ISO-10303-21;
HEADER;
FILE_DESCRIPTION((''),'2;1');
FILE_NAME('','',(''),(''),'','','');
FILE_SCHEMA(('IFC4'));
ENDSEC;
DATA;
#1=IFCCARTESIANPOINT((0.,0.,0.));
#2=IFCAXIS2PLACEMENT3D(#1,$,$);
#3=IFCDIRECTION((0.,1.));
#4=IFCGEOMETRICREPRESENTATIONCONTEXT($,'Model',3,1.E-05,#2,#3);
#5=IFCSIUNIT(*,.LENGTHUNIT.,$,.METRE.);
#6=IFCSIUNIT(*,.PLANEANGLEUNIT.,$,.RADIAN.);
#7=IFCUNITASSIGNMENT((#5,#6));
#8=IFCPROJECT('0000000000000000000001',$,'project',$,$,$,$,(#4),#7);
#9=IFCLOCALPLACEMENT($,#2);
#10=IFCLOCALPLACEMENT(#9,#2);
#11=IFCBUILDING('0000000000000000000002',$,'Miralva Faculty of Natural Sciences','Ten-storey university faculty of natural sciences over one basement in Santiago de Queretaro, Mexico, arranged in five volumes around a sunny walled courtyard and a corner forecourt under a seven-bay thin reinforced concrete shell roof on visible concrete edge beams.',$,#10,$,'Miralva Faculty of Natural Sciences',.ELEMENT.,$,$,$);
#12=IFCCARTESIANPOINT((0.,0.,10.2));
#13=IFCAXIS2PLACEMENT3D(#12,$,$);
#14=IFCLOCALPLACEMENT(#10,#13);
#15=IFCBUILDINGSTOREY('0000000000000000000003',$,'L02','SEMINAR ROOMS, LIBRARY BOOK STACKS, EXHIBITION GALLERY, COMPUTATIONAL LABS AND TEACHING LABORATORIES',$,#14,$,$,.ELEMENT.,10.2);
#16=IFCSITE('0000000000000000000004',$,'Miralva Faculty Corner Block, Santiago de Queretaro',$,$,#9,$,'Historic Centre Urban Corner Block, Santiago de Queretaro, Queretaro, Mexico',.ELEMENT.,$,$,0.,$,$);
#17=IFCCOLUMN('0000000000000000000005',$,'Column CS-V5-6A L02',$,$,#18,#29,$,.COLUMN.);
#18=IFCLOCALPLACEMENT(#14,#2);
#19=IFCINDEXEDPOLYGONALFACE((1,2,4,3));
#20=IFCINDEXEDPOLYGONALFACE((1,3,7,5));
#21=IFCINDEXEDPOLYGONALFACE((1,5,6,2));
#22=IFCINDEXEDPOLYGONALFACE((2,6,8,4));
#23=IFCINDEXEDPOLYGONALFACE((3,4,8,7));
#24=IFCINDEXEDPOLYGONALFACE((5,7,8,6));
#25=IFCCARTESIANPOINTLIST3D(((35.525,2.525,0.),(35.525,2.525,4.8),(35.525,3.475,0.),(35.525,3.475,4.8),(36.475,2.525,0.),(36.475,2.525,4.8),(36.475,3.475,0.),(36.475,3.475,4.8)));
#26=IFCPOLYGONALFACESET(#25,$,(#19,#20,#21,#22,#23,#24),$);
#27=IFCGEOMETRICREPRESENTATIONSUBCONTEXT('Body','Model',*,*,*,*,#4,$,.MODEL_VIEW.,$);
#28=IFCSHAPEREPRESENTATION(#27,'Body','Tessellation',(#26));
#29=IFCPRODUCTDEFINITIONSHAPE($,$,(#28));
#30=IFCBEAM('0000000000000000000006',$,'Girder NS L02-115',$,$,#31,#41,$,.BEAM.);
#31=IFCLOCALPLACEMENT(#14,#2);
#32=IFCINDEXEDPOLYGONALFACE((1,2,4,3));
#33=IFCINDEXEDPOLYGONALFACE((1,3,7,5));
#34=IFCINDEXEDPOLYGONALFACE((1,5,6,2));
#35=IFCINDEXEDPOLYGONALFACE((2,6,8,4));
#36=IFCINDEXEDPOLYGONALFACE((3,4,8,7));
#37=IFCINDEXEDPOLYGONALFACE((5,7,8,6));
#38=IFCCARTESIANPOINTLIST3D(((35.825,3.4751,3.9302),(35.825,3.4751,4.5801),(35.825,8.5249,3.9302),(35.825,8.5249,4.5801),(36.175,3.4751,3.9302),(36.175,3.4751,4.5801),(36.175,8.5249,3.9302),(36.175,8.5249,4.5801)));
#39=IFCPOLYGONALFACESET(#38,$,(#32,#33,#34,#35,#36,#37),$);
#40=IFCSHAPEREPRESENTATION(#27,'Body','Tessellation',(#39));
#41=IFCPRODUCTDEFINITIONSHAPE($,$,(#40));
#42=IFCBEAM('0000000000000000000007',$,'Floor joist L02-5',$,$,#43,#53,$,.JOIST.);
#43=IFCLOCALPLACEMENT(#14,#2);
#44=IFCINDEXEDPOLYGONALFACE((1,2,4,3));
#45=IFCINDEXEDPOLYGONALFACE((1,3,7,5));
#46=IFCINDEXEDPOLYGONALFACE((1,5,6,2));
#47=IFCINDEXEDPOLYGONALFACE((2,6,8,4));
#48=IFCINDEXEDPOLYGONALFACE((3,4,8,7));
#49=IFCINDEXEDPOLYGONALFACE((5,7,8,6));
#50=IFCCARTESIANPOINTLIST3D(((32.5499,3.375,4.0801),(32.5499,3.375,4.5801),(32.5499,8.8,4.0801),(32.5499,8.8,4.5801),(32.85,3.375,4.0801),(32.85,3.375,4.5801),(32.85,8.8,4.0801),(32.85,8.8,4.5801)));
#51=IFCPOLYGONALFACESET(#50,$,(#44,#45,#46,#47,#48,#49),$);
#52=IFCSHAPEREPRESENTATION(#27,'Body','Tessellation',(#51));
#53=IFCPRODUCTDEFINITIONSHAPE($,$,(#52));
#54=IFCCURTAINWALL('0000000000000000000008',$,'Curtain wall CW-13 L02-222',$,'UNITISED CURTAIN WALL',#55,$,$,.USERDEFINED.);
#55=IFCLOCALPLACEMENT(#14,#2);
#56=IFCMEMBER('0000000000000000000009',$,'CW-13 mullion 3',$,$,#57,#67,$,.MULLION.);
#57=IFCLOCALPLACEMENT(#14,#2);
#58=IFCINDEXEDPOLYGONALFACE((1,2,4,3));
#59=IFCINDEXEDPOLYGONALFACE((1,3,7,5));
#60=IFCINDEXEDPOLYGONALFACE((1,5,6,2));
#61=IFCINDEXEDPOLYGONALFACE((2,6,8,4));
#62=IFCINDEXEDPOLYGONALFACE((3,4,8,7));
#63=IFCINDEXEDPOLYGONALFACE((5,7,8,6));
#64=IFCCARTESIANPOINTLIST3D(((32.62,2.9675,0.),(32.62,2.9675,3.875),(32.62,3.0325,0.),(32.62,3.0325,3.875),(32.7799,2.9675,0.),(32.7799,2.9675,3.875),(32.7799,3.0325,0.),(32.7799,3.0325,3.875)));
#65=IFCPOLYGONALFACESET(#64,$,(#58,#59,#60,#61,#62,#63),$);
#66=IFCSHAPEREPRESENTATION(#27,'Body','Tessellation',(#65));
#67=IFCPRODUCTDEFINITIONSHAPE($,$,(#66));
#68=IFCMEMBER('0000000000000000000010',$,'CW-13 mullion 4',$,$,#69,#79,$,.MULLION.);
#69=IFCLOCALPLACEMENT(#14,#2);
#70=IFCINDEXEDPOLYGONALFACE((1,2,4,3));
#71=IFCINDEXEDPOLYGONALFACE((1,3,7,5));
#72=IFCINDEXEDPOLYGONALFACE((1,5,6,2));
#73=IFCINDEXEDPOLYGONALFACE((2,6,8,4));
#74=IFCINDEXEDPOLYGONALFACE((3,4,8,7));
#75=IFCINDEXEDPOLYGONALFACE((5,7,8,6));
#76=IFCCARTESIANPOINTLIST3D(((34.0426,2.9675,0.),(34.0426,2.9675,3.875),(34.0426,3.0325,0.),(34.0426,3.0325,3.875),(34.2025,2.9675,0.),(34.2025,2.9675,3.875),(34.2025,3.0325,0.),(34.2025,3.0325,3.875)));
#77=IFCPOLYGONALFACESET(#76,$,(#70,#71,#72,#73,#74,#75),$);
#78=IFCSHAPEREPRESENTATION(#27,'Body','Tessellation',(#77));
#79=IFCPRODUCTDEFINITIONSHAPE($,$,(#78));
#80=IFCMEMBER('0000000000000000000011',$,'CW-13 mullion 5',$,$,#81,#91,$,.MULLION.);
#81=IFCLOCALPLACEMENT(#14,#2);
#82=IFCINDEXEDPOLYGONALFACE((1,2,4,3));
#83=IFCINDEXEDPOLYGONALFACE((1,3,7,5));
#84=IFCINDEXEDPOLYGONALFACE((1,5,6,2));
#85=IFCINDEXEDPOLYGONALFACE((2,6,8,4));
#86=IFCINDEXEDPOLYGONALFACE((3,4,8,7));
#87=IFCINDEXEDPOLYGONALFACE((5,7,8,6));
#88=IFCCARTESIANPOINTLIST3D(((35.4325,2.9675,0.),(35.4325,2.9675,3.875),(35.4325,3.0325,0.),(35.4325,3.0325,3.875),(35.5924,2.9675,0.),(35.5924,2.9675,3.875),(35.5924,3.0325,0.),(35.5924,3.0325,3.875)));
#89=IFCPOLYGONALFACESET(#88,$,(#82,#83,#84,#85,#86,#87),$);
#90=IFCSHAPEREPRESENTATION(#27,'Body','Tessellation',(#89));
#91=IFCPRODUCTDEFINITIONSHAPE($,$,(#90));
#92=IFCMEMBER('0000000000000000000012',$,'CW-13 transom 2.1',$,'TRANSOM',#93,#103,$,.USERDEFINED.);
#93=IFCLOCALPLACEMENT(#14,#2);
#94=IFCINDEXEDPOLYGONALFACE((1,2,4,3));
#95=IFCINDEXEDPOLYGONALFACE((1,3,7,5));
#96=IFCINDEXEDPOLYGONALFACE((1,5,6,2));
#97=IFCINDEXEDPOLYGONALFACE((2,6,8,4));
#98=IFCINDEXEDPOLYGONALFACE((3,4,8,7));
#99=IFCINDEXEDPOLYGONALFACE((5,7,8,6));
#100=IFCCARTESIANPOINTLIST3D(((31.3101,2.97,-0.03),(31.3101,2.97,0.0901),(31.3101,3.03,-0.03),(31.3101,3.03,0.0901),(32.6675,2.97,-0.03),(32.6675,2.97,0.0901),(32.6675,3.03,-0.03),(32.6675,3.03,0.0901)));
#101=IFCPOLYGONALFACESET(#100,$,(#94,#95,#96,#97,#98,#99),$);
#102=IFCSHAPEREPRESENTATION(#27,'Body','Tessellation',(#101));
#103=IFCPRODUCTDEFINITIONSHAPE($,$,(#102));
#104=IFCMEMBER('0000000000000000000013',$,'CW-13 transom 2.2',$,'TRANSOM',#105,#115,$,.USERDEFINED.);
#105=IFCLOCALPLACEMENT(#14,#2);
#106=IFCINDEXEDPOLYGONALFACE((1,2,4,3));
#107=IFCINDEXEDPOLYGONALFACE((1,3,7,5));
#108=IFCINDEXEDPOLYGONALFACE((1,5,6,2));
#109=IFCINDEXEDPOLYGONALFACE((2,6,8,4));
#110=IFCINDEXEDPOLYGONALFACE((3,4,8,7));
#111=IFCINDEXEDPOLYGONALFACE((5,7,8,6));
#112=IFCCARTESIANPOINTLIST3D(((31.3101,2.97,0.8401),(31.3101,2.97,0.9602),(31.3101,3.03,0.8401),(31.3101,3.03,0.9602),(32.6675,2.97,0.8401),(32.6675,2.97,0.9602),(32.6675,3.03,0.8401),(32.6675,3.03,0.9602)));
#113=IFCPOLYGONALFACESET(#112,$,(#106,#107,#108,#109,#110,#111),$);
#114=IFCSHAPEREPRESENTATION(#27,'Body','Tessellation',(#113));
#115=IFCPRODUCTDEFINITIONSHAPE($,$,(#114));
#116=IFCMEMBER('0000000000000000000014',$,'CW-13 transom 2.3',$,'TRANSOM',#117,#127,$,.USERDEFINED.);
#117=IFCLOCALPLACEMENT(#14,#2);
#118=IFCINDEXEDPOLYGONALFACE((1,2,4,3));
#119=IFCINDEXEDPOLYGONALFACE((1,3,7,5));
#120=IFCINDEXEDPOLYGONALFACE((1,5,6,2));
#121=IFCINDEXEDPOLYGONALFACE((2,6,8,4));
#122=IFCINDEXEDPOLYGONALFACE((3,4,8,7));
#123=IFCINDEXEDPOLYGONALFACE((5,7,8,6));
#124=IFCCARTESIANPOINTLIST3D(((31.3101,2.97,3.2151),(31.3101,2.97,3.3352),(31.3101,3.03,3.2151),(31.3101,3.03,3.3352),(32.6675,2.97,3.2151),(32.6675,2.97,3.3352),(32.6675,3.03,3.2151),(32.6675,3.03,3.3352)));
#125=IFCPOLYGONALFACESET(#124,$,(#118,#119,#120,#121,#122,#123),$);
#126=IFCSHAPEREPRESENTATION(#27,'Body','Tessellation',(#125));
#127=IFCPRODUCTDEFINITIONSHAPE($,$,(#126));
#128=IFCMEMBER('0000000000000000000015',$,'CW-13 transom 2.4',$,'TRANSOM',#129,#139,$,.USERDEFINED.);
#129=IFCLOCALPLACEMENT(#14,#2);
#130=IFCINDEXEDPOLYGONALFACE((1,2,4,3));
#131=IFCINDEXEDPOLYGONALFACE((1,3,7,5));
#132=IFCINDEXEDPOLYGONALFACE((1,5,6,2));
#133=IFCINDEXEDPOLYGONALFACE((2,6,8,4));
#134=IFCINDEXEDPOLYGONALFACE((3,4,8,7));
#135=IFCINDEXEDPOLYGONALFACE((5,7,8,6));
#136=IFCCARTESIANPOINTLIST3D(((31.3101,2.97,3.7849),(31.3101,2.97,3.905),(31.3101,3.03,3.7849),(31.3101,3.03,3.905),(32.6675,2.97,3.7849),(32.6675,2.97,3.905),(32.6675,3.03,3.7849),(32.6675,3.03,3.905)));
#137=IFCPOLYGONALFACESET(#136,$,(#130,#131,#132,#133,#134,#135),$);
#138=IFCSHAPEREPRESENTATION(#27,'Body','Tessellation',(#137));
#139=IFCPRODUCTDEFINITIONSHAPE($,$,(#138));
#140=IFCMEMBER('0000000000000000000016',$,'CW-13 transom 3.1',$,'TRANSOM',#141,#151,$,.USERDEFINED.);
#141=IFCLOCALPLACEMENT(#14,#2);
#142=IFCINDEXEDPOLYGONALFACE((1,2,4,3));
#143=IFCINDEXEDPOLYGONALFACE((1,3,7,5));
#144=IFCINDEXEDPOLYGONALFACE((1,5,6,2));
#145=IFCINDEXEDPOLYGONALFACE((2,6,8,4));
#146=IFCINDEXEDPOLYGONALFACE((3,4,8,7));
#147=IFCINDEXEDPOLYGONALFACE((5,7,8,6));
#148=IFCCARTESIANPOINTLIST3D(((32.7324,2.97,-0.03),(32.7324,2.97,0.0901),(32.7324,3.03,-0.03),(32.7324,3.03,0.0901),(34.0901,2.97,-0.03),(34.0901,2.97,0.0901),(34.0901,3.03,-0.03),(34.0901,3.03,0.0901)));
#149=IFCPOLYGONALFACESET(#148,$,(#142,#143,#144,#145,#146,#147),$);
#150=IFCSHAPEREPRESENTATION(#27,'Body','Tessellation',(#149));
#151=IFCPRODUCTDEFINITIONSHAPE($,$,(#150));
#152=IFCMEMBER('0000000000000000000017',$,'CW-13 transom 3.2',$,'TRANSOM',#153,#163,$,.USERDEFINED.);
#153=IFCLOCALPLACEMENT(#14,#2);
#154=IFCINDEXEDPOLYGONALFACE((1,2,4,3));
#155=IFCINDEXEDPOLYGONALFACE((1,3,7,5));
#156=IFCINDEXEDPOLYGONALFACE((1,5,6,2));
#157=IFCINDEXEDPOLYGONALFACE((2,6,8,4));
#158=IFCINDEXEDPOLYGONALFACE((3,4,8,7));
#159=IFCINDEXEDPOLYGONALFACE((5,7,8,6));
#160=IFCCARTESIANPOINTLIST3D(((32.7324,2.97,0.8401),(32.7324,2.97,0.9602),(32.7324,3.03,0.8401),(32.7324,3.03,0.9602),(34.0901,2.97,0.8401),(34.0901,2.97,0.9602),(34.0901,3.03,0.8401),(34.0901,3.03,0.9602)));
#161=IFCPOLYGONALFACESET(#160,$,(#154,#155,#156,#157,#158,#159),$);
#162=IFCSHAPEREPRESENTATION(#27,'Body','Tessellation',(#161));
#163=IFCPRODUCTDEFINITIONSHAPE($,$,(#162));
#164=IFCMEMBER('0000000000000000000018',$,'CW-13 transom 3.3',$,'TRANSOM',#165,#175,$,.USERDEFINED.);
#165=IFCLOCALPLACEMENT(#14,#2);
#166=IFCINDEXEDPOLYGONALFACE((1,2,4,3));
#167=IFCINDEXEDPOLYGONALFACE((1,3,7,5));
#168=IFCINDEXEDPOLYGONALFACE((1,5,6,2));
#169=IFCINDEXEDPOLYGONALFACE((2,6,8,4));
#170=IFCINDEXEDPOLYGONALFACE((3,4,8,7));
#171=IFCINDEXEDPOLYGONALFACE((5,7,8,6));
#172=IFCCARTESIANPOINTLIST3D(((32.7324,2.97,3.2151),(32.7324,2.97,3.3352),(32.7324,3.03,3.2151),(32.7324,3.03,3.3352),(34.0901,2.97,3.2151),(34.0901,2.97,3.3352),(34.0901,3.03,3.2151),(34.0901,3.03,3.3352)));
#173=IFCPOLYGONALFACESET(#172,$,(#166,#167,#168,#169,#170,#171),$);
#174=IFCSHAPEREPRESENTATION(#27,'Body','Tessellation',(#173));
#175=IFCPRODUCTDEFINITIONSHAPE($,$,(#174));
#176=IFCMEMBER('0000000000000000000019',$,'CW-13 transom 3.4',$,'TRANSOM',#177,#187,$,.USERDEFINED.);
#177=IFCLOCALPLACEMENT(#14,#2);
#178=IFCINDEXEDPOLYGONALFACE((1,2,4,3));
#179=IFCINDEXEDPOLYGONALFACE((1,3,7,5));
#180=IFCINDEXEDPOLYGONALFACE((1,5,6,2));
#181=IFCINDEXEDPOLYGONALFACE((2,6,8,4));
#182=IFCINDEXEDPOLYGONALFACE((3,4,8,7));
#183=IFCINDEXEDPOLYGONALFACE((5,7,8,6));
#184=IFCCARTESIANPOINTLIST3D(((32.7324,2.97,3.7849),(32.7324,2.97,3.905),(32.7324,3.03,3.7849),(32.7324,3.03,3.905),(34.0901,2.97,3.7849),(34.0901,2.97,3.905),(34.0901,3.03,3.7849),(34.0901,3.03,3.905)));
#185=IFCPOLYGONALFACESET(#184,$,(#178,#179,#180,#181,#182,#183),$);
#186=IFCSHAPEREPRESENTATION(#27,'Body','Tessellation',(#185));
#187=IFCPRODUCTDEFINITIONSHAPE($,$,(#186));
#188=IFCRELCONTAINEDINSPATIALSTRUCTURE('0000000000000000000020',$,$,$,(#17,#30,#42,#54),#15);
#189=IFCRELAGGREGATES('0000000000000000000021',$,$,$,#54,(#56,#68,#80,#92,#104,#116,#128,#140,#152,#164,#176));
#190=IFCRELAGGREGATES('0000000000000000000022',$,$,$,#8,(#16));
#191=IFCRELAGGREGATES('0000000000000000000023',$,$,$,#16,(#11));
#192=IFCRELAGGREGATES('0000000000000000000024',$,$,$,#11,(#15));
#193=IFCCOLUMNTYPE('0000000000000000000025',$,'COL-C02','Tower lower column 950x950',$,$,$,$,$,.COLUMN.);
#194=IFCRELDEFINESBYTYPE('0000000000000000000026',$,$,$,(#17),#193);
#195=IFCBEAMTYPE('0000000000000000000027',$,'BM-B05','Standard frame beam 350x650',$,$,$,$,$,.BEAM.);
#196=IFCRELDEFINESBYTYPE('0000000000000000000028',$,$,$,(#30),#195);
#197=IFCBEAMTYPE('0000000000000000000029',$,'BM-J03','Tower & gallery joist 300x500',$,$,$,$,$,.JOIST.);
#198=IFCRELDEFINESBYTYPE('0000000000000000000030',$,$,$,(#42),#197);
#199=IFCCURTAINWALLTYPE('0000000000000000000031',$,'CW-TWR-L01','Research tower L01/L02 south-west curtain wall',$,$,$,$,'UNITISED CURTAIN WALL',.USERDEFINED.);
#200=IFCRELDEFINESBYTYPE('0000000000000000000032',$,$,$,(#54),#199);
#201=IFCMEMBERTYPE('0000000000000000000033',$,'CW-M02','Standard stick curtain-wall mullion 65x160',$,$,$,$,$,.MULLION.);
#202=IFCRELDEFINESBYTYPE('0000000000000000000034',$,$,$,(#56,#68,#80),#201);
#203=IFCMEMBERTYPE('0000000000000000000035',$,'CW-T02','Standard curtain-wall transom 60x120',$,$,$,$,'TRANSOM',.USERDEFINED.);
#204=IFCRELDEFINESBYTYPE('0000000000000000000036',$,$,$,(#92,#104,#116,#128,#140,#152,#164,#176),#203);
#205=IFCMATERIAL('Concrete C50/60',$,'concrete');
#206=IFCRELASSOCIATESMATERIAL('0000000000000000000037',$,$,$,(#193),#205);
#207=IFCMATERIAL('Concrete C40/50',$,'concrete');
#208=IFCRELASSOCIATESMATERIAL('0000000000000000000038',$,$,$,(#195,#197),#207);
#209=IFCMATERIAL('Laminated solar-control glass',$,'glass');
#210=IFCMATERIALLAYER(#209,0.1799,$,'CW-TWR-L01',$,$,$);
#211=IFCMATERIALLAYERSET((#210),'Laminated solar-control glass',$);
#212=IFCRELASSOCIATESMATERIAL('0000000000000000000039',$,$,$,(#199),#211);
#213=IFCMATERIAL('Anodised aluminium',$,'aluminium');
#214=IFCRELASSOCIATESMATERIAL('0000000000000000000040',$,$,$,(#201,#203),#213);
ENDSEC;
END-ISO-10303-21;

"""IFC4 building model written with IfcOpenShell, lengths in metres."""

from ifc_helpers import new_model, si_unit, direction, frame, origin, origin_2d, place, context, subcontext, project, spatial, rectangle, extrude, material, layer, layer_set, material_profile, profile_set, type_object, element, aggregate, save


model = new_model("IFC4")

# Units and contexts
model_context = context("Model", 3, precision=1e-05, world=origin(), true_north=direction((0.0, 1.0)))
body_context = subcontext(model_context, "Body", "Model", "MODEL_VIEW")
ifc_project = project(units=[si_unit("LENGTHUNIT", "METRE"), si_unit("PLANEANGLEUNIT", "RADIAN")], contexts=[model_context])

# Site, building, storey
site_placement = place(None, origin())
site = spatial("IfcSite", under=ifc_project, at=site_placement, Name="Miralva Faculty Corner Block, Santiago de Queretaro", LongName="Historic Centre Urban Corner Block, Santiago de Queretaro, Queretaro, Mexico", CompositionType="ELEMENT", RefElevation=0.0)
building_placement = place(site_placement, origin())
building = spatial("IfcBuilding", under=site, at=building_placement, Name="Miralva Faculty of Natural Sciences", Description="Ten-storey university faculty of natural sciences over one basement in Santiago de Queretaro, Mexico, arranged in five volumes around a sunny walled courtyard and a corner forecourt under a seven-bay thin reinforced concrete shell roof on visible concrete edge beams.", LongName="Miralva Faculty of Natural Sciences", CompositionType="ELEMENT")
storey_placement = place(building_placement, frame((0.0, 0.0, 10.2)))
storey = spatial("IfcBuildingStorey", under=building, at=storey_placement, Name="L02", Description="SEMINAR ROOMS, LIBRARY BOOK STACKS, EXHIBITION GALLERY, COMPUTATIONAL LABS AND TEACHING LABORATORIES", CompositionType="ELEMENT", Elevation=10.2)

# Column
ifc_material_1 = material(Name="Concrete C50/60", Category="concrete")
ifc_material_profile_1 = material_profile(ifc_material_1, rectangle(XDim=0.95, YDim=0.95, at=origin_2d()), Name="RC 950x950")
ifc_profile_set_1 = profile_set([ifc_material_profile_1], Name="Concrete C50/60")
column_type = type_object("IfcColumnType", Name="COL-C02", Description="Tower lower column 950x950", PredefinedType="COLUMN", material=ifc_profile_set_1)
column_placement = place(storey_placement, frame((36.0, 3.0, 0.0), z_axis=(0.0, 0.0, 1.0), x_axis=(1.0, 0.0, 0.0)))
element("IfcColumn", 1, at=column_placement, inside=storey, type_object=column_type, Name="Column CS-V5-6A L02", PredefinedType="COLUMN", context=body_context, shape_type="SweptSolid", body=[
    extrude(rectangle(XDim=0.95, YDim=0.95, at=origin_2d()), origin(), (0.0, 0.0, 1.0), 4.8),
])

# Beams
ifc_material_2 = material(Name="Concrete C40/50", Category="concrete")
ifc_material_profile_2 = material_profile(ifc_material_2, rectangle(XDim=0.3501, YDim=0.6499, at=origin_2d()), Name="RC 350x650")
ifc_profile_set_2 = profile_set([ifc_material_profile_2], Name="Concrete C40/50")
beam_type_1 = type_object("IfcBeamType", Name="BM-B05", Description="Standard frame beam 350x650", PredefinedType="BEAM", material=ifc_profile_set_2)
beam_1_placement = place(storey_placement, frame((36.0, 3.4751, 4.2551), z_axis=(0.0, 1.0, 0.0), x_axis=(-1.0, 0.0, 0.0)))
element("IfcBeam", 2, at=beam_1_placement, inside=storey, type_object=beam_type_1, Name="Girder NS L02-115", PredefinedType="BEAM", context=body_context, shape_type="SweptSolid", body=[
    extrude(rectangle(XDim=0.3501, YDim=0.6499, at=origin_2d()), origin(), (0.0, 0.0, 1.0), 5.0498),
])
ifc_material_profile_3 = material_profile(ifc_material_2, rectangle(XDim=0.3, YDim=0.5, at=origin_2d()), Name="RC 300x500")
ifc_profile_set_3 = profile_set([ifc_material_profile_3], Name="Concrete C40/50")
beam_type_2 = type_object("IfcBeamType", Name="BM-J03", Description="Tower & gallery joist 300x500", PredefinedType="JOIST", material=ifc_profile_set_3)
beam_2_placement = place(storey_placement, frame((32.7, 3.375, 4.3301), z_axis=(0.0, 1.0, 0.0), x_axis=(-1.0, 0.0, 0.0)))
element("IfcBeam", 3, at=beam_2_placement, inside=storey, type_object=beam_type_2, Name="Floor joist L02-5", PredefinedType="JOIST", context=body_context, shape_type="SweptSolid", body=[
    extrude(rectangle(XDim=0.3, YDim=0.5, at=origin_2d()), origin(), (0.0, 0.0, 1.0), 5.425),
])

# Curtain wall, members
ifc_material_3 = material(Name="Laminated solar-control glass", Category="glass")
ifc_layer_1 = layer(ifc_material_3, 0.1799, Name="CW-TWR-L01")
ifc_layer_set_1 = layer_set([ifc_layer_1], Name="Laminated solar-control glass")
curtain_wall_type = type_object("IfcCurtainWallType", Name="CW-TWR-L01", Description="Research tower L01/L02 south-west curtain wall", ElementType="UNITISED CURTAIN WALL", PredefinedType="USERDEFINED", material=ifc_layer_set_1)
curtain_wall_placement = place(storey_placement, origin())
curtain_wall = element("IfcCurtainWall", 4, at=curtain_wall_placement, inside=storey, type_object=curtain_wall_type, Name="Curtain wall CW-13 L02-222", ObjectType="UNITISED CURTAIN WALL", PredefinedType="USERDEFINED")
ifc_material_4 = material(Name="Anodised aluminium", Category="aluminium")
ifc_material_profile_4 = material_profile(ifc_material_4, rectangle(XDim=0.0649, YDim=0.1599, at=origin_2d()), Name="MULLION 65x160")
ifc_profile_set_4 = profile_set([ifc_material_profile_4], Name="Anodised aluminium")
member_type_1 = type_object("IfcMemberType", Name="CW-M02", Description="Standard stick curtain-wall mullion 65x160", PredefinedType="MULLION", material=ifc_profile_set_4)
member_1_placement = place(storey_placement, frame((32.7, 3.0, 0.0), z_axis=(0.0, 0.0, 1.0), x_axis=(0.0, 1.0, 0.0)))
member_1 = element("IfcMember", 5, at=member_1_placement, type_object=member_type_1, Name="CW-13 mullion 3", PredefinedType="MULLION", context=body_context, shape_type="SweptSolid", body=[
    extrude(rectangle(XDim=0.0649, YDim=0.1599, at=origin_2d()), origin(), (0.0, 0.0, 1.0), 3.875),
])
member_2_placement = place(storey_placement, frame((34.1226, 3.0, 0.0), z_axis=(0.0, 0.0, 1.0), x_axis=(0.0, 1.0, 0.0)))
member_2 = element("IfcMember", 6, at=member_2_placement, type_object=member_type_1, Name="CW-13 mullion 4", PredefinedType="MULLION", context=body_context, shape_type="SweptSolid", body=[
    extrude(rectangle(XDim=0.0649, YDim=0.1599, at=origin_2d()), origin(), (0.0, 0.0, 1.0), 3.875),
])
member_3_placement = place(storey_placement, frame((35.5125, 3.0, 0.0), z_axis=(0.0, 0.0, 1.0), x_axis=(0.0, 1.0, 0.0)))
member_3 = element("IfcMember", 7, at=member_3_placement, type_object=member_type_1, Name="CW-13 mullion 5", PredefinedType="MULLION", context=body_context, shape_type="SweptSolid", body=[
    extrude(rectangle(XDim=0.0649, YDim=0.1599, at=origin_2d()), origin(), (0.0, 0.0, 1.0), 3.875),
])
ifc_material_profile_5 = material_profile(ifc_material_4, rectangle(XDim=0.0601, YDim=0.1201, at=origin_2d()), Name="TRANSOM 60x120")
ifc_profile_set_5 = profile_set([ifc_material_profile_5], Name="Anodised aluminium")
member_type_2 = type_object("IfcMemberType", Name="CW-T02", Description="Standard curtain-wall transom 60x120", ElementType="TRANSOM", PredefinedType="USERDEFINED", material=ifc_profile_set_5)
member_4_placement = place(storey_placement, frame((31.3101, 3.0, 0.03), z_axis=(1.0, 0.0, 0.0), x_axis=(0.0, 1.0, 0.0)))
member_4 = element("IfcMember", 8, at=member_4_placement, type_object=member_type_2, Name="CW-13 transom 2.1", ObjectType="TRANSOM", PredefinedType="USERDEFINED", context=body_context, shape_type="SweptSolid", body=[
    extrude(rectangle(XDim=0.0601, YDim=0.1201, at=origin_2d()), origin(), (0.0, 0.0, 1.0), 1.3574),
])
member_5_placement = place(storey_placement, frame((31.3101, 3.0, 0.9001), z_axis=(1.0, 0.0, 0.0), x_axis=(0.0, 1.0, 0.0)))
member_5 = element("IfcMember", 9, at=member_5_placement, type_object=member_type_2, Name="CW-13 transom 2.2", ObjectType="TRANSOM", PredefinedType="USERDEFINED", context=body_context, shape_type="SweptSolid", body=[
    extrude(rectangle(XDim=0.0601, YDim=0.1201, at=origin_2d()), origin(), (0.0, 0.0, 1.0), 1.3574),
])
member_6_placement = place(storey_placement, frame((31.3101, 3.0, 3.2751), z_axis=(1.0, 0.0, 0.0), x_axis=(0.0, 1.0, 0.0)))
member_6 = element("IfcMember", 10, at=member_6_placement, type_object=member_type_2, Name="CW-13 transom 2.3", ObjectType="TRANSOM", PredefinedType="USERDEFINED", context=body_context, shape_type="SweptSolid", body=[
    extrude(rectangle(XDim=0.0601, YDim=0.1201, at=origin_2d()), origin(), (0.0, 0.0, 1.0), 1.3574),
])
member_7_placement = place(storey_placement, frame((31.3101, 3.0, 3.845), z_axis=(1.0, 0.0, 0.0), x_axis=(0.0, 1.0, 0.0)))
member_7 = element("IfcMember", 11, at=member_7_placement, type_object=member_type_2, Name="CW-13 transom 2.4", ObjectType="TRANSOM", PredefinedType="USERDEFINED", context=body_context, shape_type="SweptSolid", body=[
    extrude(rectangle(XDim=0.0601, YDim=0.1201, at=origin_2d()), origin(), (0.0, 0.0, 1.0), 1.3574),
])
member_8_placement = place(storey_placement, frame((32.7324, 3.0, 0.03), z_axis=(1.0, 0.0, 0.0), x_axis=(0.0, 1.0, 0.0)))
member_8 = element("IfcMember", 12, at=member_8_placement, type_object=member_type_2, Name="CW-13 transom 3.1", ObjectType="TRANSOM", PredefinedType="USERDEFINED", context=body_context, shape_type="SweptSolid", body=[
    extrude(rectangle(XDim=0.0601, YDim=0.1201, at=origin_2d()), origin(), (0.0, 0.0, 1.0), 1.3577),
])
member_9_placement = place(storey_placement, frame((32.7324, 3.0, 0.9001), z_axis=(1.0, 0.0, 0.0), x_axis=(0.0, 1.0, 0.0)))
member_9 = element("IfcMember", 13, at=member_9_placement, type_object=member_type_2, Name="CW-13 transom 3.2", ObjectType="TRANSOM", PredefinedType="USERDEFINED", context=body_context, shape_type="SweptSolid", body=[
    extrude(rectangle(XDim=0.0601, YDim=0.1201, at=origin_2d()), origin(), (0.0, 0.0, 1.0), 1.3577),
])
member_10_placement = place(storey_placement, frame((32.7324, 3.0, 3.2751), z_axis=(1.0, 0.0, 0.0), x_axis=(0.0, 1.0, 0.0)))
member_10 = element("IfcMember", 14, at=member_10_placement, type_object=member_type_2, Name="CW-13 transom 3.3", ObjectType="TRANSOM", PredefinedType="USERDEFINED", context=body_context, shape_type="SweptSolid", body=[
    extrude(rectangle(XDim=0.0601, YDim=0.1201, at=origin_2d()), origin(), (0.0, 0.0, 1.0), 1.3577),
])
member_11_placement = place(storey_placement, frame((32.7324, 3.0, 3.845), z_axis=(1.0, 0.0, 0.0), x_axis=(0.0, 1.0, 0.0)))
member_11 = element("IfcMember", 15, at=member_11_placement, type_object=member_type_2, Name="CW-13 transom 3.4", ObjectType="TRANSOM", PredefinedType="USERDEFINED", context=body_context, shape_type="SweptSolid", body=[
    extrude(rectangle(XDim=0.0601, YDim=0.1201, at=origin_2d()), origin(), (0.0, 0.0, 1.0), 1.3577),
])

aggregate(curtain_wall, [member_1, member_2, member_3, member_4, member_5, member_6, member_7, member_8, member_9, member_10, member_11])

save(model, "model.ifc")
